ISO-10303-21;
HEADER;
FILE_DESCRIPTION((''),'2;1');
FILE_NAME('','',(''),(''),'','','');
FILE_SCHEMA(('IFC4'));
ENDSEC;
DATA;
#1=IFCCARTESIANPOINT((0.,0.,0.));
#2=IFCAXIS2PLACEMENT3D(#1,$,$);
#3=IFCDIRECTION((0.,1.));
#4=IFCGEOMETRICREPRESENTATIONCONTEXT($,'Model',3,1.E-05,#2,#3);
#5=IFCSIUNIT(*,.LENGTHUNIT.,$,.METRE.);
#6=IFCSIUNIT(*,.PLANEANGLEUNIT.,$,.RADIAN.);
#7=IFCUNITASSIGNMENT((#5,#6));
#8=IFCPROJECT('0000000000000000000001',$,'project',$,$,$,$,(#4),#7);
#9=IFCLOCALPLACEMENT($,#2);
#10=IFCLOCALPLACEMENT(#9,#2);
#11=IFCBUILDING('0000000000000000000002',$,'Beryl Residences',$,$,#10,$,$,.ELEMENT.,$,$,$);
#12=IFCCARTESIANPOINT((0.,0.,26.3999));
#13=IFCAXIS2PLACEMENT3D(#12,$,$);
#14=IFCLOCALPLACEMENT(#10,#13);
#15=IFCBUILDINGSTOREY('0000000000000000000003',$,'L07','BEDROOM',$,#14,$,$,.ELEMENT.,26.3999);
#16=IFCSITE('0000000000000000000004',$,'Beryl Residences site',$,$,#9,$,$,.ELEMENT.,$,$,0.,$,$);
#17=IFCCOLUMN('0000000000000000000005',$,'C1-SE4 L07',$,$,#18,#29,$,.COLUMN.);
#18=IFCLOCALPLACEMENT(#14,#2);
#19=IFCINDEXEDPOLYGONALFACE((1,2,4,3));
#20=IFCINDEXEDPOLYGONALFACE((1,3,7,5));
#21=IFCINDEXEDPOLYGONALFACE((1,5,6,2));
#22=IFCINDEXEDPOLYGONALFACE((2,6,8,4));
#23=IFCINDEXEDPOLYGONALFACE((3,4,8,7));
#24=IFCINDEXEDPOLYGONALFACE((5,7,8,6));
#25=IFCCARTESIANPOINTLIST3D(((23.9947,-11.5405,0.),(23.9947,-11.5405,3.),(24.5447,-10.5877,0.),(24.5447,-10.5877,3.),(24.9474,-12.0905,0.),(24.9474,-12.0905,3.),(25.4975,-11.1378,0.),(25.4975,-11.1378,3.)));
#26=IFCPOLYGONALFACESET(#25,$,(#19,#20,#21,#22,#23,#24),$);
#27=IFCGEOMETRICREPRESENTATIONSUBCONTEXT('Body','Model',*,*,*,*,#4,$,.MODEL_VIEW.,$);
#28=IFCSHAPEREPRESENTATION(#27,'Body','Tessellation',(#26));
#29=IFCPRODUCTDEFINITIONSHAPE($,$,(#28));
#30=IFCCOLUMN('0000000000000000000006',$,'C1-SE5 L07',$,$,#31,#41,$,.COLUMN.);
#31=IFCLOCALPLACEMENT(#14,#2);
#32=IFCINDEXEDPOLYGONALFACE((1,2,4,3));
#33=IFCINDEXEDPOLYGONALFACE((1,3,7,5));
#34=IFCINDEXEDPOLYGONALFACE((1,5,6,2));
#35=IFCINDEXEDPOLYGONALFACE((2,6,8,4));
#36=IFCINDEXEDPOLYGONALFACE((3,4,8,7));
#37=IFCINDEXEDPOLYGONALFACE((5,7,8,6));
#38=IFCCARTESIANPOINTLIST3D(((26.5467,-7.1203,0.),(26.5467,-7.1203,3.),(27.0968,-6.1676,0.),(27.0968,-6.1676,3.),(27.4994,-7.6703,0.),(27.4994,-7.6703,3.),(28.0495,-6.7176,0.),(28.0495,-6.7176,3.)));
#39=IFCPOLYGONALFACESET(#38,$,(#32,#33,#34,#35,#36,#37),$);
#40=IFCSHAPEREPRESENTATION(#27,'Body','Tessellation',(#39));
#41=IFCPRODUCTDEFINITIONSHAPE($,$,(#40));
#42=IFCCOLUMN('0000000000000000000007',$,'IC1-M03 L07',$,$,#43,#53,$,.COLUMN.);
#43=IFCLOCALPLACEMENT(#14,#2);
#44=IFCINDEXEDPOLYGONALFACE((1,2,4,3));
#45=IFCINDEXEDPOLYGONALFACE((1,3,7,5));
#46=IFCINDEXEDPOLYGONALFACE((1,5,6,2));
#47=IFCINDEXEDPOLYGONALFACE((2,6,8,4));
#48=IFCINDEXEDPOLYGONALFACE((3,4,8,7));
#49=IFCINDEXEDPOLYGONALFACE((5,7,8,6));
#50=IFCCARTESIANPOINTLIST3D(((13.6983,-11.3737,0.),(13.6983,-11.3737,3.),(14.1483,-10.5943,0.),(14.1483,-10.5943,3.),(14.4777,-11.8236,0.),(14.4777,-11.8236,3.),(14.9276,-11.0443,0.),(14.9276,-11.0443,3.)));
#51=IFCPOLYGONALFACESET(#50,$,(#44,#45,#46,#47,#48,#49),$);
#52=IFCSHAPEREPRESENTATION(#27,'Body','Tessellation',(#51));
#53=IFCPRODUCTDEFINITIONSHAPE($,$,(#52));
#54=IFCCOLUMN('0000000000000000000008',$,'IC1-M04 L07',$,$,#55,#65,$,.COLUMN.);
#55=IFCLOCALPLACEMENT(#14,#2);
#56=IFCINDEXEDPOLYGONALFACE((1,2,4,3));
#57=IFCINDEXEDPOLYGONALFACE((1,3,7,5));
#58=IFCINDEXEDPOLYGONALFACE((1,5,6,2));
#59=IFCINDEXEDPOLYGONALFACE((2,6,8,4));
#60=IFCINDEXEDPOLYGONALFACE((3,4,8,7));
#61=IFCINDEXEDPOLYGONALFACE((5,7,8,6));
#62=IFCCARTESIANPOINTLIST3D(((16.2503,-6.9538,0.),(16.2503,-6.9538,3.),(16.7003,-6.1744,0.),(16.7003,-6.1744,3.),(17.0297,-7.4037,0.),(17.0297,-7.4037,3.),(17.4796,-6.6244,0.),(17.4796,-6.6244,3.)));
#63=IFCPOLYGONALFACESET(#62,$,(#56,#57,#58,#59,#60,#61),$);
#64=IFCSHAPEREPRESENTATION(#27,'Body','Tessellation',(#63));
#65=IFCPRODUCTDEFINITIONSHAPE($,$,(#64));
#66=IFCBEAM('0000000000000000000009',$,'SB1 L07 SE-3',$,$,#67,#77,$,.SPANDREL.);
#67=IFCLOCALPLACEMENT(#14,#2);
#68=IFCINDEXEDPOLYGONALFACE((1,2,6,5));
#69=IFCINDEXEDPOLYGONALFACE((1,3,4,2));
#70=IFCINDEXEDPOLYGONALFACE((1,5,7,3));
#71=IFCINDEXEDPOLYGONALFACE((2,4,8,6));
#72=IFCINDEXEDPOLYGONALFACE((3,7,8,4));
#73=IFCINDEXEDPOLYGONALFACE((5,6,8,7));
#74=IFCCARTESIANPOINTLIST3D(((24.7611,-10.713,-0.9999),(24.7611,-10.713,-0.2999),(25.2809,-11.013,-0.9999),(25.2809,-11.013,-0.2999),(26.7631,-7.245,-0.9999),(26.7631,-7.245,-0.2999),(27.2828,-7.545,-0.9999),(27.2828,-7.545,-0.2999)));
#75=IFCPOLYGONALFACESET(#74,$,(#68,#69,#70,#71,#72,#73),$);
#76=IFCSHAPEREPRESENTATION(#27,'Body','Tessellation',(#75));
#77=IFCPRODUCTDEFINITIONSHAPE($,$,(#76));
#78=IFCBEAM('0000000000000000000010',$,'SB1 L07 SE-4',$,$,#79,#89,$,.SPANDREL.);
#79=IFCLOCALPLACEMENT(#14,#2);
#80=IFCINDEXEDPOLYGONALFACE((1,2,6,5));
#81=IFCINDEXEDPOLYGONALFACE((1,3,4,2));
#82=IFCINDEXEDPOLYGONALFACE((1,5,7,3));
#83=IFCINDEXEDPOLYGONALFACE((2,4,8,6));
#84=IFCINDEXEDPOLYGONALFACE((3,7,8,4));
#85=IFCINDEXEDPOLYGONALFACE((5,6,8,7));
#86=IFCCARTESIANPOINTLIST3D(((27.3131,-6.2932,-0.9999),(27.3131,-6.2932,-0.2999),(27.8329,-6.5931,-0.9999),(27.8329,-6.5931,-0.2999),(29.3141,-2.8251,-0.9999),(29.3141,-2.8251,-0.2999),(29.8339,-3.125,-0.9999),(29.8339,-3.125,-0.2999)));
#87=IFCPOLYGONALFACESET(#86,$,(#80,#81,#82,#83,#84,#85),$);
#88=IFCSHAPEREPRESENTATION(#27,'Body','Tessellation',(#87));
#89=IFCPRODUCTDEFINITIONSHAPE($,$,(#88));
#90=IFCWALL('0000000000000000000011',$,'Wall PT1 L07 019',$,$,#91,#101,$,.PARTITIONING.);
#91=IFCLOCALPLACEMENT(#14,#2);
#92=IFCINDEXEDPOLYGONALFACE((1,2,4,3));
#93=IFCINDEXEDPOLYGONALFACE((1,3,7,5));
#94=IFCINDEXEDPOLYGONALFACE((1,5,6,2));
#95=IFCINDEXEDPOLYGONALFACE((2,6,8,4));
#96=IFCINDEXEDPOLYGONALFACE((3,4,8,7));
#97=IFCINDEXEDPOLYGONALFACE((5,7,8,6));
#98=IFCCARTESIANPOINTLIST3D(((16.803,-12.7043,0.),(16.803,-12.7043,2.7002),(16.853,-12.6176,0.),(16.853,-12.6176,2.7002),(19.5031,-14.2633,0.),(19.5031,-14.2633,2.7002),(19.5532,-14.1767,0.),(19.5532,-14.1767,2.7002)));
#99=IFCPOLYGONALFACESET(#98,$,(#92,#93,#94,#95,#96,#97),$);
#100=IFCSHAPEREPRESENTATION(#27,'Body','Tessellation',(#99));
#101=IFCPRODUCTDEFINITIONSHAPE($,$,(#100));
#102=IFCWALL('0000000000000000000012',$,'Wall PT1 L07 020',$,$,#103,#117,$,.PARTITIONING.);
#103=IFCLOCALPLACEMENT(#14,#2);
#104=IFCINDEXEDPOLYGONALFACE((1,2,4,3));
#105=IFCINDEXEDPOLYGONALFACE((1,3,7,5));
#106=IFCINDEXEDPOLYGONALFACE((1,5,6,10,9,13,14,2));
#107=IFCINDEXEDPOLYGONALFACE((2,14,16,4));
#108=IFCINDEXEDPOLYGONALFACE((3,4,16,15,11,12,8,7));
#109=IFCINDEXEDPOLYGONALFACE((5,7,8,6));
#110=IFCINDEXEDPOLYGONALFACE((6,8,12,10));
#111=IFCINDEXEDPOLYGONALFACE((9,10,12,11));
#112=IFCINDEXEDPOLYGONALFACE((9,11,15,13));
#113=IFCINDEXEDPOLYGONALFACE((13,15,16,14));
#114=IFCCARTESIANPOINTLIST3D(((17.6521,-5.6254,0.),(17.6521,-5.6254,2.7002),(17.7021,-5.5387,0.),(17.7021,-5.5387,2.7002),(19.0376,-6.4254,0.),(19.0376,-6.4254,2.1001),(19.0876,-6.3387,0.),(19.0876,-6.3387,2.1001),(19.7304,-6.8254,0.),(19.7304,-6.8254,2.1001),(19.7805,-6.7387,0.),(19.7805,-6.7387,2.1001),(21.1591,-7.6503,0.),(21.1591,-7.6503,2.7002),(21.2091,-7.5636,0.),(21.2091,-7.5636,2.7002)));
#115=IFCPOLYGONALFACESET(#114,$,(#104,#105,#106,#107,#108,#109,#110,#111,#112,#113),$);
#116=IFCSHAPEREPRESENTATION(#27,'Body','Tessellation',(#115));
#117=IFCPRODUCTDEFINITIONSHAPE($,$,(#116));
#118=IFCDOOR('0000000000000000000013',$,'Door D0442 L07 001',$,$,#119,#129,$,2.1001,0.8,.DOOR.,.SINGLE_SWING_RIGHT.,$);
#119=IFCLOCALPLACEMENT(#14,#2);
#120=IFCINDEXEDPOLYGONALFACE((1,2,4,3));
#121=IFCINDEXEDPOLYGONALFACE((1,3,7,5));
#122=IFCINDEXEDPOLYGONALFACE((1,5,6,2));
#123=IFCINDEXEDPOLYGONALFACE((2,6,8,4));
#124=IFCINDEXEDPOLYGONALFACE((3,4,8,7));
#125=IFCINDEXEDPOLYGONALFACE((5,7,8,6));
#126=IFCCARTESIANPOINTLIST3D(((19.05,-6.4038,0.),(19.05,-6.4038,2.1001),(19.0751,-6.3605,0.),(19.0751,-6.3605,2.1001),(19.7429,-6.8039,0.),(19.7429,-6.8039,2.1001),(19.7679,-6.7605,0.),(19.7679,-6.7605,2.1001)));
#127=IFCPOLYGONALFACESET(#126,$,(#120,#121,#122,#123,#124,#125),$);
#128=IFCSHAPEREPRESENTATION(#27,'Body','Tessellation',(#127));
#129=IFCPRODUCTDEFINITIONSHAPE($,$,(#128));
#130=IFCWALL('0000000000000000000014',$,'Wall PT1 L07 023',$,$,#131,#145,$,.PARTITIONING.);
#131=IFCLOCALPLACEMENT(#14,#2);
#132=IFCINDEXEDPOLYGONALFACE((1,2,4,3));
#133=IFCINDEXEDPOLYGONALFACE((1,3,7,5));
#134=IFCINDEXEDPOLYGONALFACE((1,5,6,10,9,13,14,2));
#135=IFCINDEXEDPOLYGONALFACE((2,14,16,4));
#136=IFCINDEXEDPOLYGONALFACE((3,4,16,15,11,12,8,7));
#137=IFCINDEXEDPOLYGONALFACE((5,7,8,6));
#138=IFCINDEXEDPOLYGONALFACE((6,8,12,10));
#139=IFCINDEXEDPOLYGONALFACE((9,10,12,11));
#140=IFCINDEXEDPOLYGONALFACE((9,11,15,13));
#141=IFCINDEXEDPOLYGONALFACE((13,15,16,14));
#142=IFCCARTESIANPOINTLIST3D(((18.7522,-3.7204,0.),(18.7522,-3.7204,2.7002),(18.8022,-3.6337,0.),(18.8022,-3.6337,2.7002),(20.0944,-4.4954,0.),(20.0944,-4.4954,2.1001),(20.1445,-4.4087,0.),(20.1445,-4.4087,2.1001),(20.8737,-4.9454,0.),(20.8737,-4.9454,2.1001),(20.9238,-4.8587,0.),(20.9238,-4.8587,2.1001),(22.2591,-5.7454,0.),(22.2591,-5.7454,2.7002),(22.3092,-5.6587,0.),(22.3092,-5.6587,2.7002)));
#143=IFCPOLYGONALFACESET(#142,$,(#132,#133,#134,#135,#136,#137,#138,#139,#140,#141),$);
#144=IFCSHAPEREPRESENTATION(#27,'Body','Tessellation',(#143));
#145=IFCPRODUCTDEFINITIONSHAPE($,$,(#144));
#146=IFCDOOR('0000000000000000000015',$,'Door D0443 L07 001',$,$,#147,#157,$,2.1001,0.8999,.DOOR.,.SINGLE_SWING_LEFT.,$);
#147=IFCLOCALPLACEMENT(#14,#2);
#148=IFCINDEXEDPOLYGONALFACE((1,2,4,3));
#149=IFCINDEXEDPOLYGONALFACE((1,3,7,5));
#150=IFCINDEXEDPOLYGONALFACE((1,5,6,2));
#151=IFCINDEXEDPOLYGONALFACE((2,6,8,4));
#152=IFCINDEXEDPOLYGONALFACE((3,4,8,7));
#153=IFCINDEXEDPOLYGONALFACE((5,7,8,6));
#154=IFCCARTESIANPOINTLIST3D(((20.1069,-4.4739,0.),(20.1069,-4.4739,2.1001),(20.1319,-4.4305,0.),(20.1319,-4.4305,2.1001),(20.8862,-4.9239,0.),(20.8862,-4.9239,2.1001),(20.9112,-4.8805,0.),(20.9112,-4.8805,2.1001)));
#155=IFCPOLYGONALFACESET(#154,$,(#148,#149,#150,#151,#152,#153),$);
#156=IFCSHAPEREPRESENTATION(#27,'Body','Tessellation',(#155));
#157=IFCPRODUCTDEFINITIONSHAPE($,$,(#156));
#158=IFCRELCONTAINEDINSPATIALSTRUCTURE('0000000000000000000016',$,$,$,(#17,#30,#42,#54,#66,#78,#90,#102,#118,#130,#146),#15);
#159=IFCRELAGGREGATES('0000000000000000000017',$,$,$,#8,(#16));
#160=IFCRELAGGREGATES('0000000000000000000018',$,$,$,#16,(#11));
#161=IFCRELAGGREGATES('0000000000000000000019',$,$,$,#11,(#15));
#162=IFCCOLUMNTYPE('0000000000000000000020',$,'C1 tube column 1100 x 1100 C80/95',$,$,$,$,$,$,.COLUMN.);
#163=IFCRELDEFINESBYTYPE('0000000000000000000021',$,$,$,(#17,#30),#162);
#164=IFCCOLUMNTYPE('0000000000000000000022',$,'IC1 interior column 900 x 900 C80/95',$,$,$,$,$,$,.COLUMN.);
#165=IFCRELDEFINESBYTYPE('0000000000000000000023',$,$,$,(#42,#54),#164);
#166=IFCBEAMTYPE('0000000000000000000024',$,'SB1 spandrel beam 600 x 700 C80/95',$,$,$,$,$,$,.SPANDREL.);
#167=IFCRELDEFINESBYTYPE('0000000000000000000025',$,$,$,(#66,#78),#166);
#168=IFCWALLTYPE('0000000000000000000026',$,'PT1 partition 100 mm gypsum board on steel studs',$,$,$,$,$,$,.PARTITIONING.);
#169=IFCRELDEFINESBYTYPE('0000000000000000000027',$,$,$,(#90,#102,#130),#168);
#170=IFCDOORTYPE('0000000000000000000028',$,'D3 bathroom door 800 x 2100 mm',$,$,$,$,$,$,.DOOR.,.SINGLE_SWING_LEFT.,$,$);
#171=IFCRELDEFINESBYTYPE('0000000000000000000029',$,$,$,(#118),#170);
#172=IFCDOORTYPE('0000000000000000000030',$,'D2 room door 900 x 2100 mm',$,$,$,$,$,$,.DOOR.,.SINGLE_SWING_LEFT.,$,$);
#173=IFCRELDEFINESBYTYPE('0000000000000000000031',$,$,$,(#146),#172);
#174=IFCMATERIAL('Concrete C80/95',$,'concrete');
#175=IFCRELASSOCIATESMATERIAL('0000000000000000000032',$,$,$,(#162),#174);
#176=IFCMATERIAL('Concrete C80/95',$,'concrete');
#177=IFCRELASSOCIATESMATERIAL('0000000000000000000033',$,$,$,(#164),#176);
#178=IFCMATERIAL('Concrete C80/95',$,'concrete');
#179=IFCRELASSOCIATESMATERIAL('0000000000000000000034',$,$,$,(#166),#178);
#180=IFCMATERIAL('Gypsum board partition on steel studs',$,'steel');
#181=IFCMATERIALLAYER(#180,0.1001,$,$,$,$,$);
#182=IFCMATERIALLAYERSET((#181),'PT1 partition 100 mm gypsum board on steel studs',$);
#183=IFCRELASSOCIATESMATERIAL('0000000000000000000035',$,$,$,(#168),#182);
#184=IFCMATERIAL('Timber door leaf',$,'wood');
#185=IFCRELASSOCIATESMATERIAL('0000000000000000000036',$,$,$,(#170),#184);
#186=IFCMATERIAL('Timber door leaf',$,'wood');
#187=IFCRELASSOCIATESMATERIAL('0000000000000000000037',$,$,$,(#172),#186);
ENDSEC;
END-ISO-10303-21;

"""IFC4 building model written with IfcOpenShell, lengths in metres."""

from ifc_helpers import new_model, si_unit, direction, frame, frame_2d, origin, origin_2d, place, context, subcontext, project, spatial, rectangle, extrude, material, layer, layer_set, material_profile, profile_set, type_object, element, fill, save


model = new_model("IFC4")

# Units and contexts
model_context = context("Model", 3, precision=1e-05, world=origin(), true_north=direction((0.0, 1.0)))
body_context = subcontext(model_context, "Body", "Model", "MODEL_VIEW")
ifc_project = project(units=[si_unit("LENGTHUNIT", "METRE"), si_unit("PLANEANGLEUNIT", "RADIAN")], contexts=[model_context])

# Site, building, storey
site_placement = place(None, origin())
site = spatial("IfcSite", under=ifc_project, at=site_placement, Name="Beryl Residences site", CompositionType="ELEMENT", RefElevation=0.0)
building_placement = place(site_placement, origin())
building = spatial("IfcBuilding", under=site, at=building_placement, Name="Beryl Residences", CompositionType="ELEMENT")
storey_placement = place(building_placement, frame((0.0, 0.0, 26.3999)))
storey = spatial("IfcBuildingStorey", under=building, at=storey_placement, Name="L07", Description="BEDROOM", CompositionType="ELEMENT", Elevation=26.3999)

# Columns
ifc_material_1 = material(Name="Concrete C80/95", Category="concrete")
ifc_material_profile_1 = material_profile(ifc_material_1, rectangle(XDim=1.1001, YDim=1.1001, at=origin_2d()))
ifc_profile_set_1 = profile_set([ifc_material_profile_1], Name="Concrete C80/95")
column_type_1 = type_object("IfcColumnType", Name="C1 tube column 1100 x 1100 C80/95", PredefinedType="COLUMN", material=ifc_profile_set_1)
for number, where, z_axis, x_axis, name in (
    (1, (24.7461, -11.3391, 0.0), (0.0, 0.0, 1.0), (0.499985, 0.866034, 0.0), "C1-SE4 L07"),
    (2, (27.2981, -6.9189, 0.0), (0.0, 0.0, 1.0), (0.499985, 0.866034, 0.0), "C1-SE5 L07"),
):
    element("IfcColumn", number, at=place(storey_placement, frame(where, z_axis=z_axis, x_axis=x_axis)), inside=storey, type_object=column_type_1, Name=name, PredefinedType="COLUMN", context=body_context, shape_type="SweptSolid", body=[
        extrude(rectangle(XDim=1.1001, YDim=1.1001, at=origin_2d()), origin(), (0.0, 0.0, 1.0), 3.0),
    ])
ifc_material_2 = material(Name="Concrete C80/95", Category="concrete")
ifc_material_profile_2 = material_profile(ifc_material_2, rectangle(XDim=0.8999, YDim=0.8999, at=origin_2d()))
ifc_profile_set_2 = profile_set([ifc_material_profile_2], Name="Concrete C80/95")
column_type_2 = type_object("IfcColumnType", Name="IC1 interior column 900 x 900 C80/95", PredefinedType="COLUMN", material=ifc_profile_set_2)
for number, where, z_axis, x_axis, name in (
    (3, (14.313, -11.209, 0.0), (0.0, 0.0, 1.0), (0.499985, 0.866034, 0.0), "IC1-M03 L07"),
    (4, (16.865, -6.7891, 0.0), (0.0, 0.0, 1.0), (0.499985, 0.866034, 0.0), "IC1-M04 L07"),
):
    element("IfcColumn", number, at=place(storey_placement, frame(where, z_axis=z_axis, x_axis=x_axis)), inside=storey, type_object=column_type_2, Name=name, PredefinedType="COLUMN", context=body_context, shape_type="SweptSolid", body=[
        extrude(rectangle(XDim=0.8999, YDim=0.8999, at=origin_2d()), origin(), (0.0, 0.0, 1.0), 3.0),
    ])

# Beams
ifc_material_3 = material(Name="Concrete C80/95", Category="concrete")
ifc_material_profile_3 = material_profile(ifc_material_3, rectangle(XDim=0.6001, YDim=0.7, at=origin_2d()))
ifc_profile_set_3 = profile_set([ifc_material_profile_3], Name="Concrete C80/95")
beam_type = type_object("IfcBeamType", Name="SB1 spandrel beam 600 x 700 C80/95", PredefinedType="SPANDREL", material=ifc_profile_set_3)
beam_1_placement = place(storey_placement, frame((25.021, -10.863, -0.6499), z_axis=(0.499942, 0.866059, 0.0), x_axis=(-0.866059, 0.499942, 0.0)))
element("IfcBeam", 5, at=beam_1_placement, inside=storey, type_object=beam_type, Name="SB1 L07 SE-3", PredefinedType="SPANDREL", context=body_context, shape_type="SweptSolid", body=[
    extrude(rectangle(XDim=0.6001, YDim=0.7, at=origin_2d()), origin(), (0.0, 0.0, 1.0), 4.0044),
])
beam_2_placement = place(storey_placement, frame((27.573, -6.4431, -0.6499), z_axis=(0.499759, 0.866164, 0.0), x_axis=(-0.866164, 0.499759, 0.0)))
element("IfcBeam", 6, at=beam_2_placement, inside=storey, type_object=beam_type, Name="SB1 L07 SE-4", PredefinedType="SPANDREL", context=body_context, shape_type="SweptSolid", body=[
    extrude(rectangle(XDim=0.6001, YDim=0.7, at=origin_2d()), origin(), (0.0, 0.0, 1.0), 4.0039),
])

# Wall
ifc_material_4 = material(Name="Gypsum board partition on steel studs", Category="steel")
ifc_layer_1 = layer(ifc_material_4, 0.1001)
ifc_layer_set_1 = layer_set([ifc_layer_1], Name="PT1 partition 100 mm gypsum board on steel studs")
wall_type_1 = type_object("IfcWallType", Name="PT1 partition 100 mm gypsum board on steel studs", PredefinedType="PARTITIONING", material=ifc_layer_set_1)
wall_1_placement = place(storey_placement, frame((16.8279, -12.6609, 0.0), z_axis=(0.0, 0.0, 1.0), x_axis=(0.866008, -0.50003, 0.0)))
element("IfcWall", 7, at=wall_1_placement, inside=storey, type_object=wall_type_1, Name="Wall PT1 L07 019", PredefinedType="PARTITIONING", context=body_context, shape_type="SweptSolid", body=[
    extrude(rectangle(XDim=3.1179, YDim=0.1001, at=frame_2d((1.5591, 0.0))), origin(), (0.0, 0.0, 1.0), 2.7002),
])

# Walls, openings, doors
wall_2_placement = place(storey_placement, frame((17.677, -5.582, 0.0), z_axis=(0.0, 0.0, 1.0), x_axis=(0.866016, -0.500016, 0.0)))
wall_2 = element("IfcWall", 8, at=wall_2_placement, inside=storey, type_object=wall_type_1, Name="Wall PT1 L07 020", PredefinedType="PARTITIONING", context=body_context, shape_type="SweptSolid", body=[
    extrude(rectangle(XDim=4.0496, YDim=0.1001, at=frame_2d((2.0249, 0.0))), origin(), (0.0, 0.0, 1.0), 2.7002),
])
opening_1_placement = place(wall_2_placement, frame((1.6001, 0.0, 0.0)))
opening_1 = element("IfcOpeningElement", 9, at=opening_1_placement, cuts=wall_2, PredefinedType="OPENING", context=body_context, shape_type="SweptSolid", body=[
    extrude(rectangle(XDim=0.8, YDim=2.1001, at=frame_2d((0.3999, 1.05))), frame((0.0, 0.0601, 0.0), z_axis=(0.0, -1.0, 0.0), x_axis=(1.0, 0.0, 0.0)), (0.0, 0.0, 1.0), 0.1201),
])
ifc_material_5 = material(Name="Timber door leaf", Category="wood")
door_type_1 = type_object("IfcDoorType", Name="D3 bathroom door 800 x 2100 mm", OperationType="SINGLE_SWING_LEFT", PredefinedType="DOOR", material=ifc_material_5)
door_1_placement = place(opening_1_placement, origin())
door_1 = element("IfcDoor", 10, at=door_1_placement, inside=storey, type_object=door_type_1, Name="Door D0442 L07 001", OperationType="SINGLE_SWING_RIGHT", OverallHeight=2.1001, OverallWidth=0.8, PredefinedType="DOOR", context=body_context, shape_type="SweptSolid", body=[
    extrude(rectangle(XDim=0.8, YDim=2.1001, at=frame_2d((0.3999, 1.05))), frame((0.0, 0.0249, 0.0), z_axis=(0.0, -1.0, 0.0), x_axis=(1.0, 0.0, 0.0)), (0.0, 0.0, 1.0), 0.05),
])
fill(opening_1, door_1)
wall_3_placement = place(storey_placement, frame((18.7771, -3.677, 0.0), z_axis=(0.0, 0.0, 1.0), x_axis=(0.866001, -0.500043, 0.0)))
wall_3 = element("IfcWall", 11, at=wall_3_placement, inside=storey, type_object=wall_type_1, Name="Wall PT1 L07 023", PredefinedType="PARTITIONING", context=body_context, shape_type="SweptSolid", body=[
    extrude(rectangle(XDim=4.0496, YDim=0.1001, at=frame_2d((2.0249, 0.0))), origin(), (0.0, 0.0, 1.0), 2.7002),
])
opening_2_placement = place(wall_3_placement, frame((1.55, 0.0, 0.0)))
opening_2 = element("IfcOpeningElement", 12, at=opening_2_placement, cuts=wall_3, PredefinedType="OPENING", context=body_context, shape_type="SweptSolid", body=[
    extrude(rectangle(XDim=0.8999, YDim=2.1001, at=frame_2d((0.45, 1.05))), frame((0.0, 0.0601, 0.0), z_axis=(0.0, -1.0, 0.0), x_axis=(1.0, 0.0, 0.0)), (0.0, 0.0, 1.0), 0.1201),
])
ifc_material_6 = material(Name="Timber door leaf", Category="wood")
door_type_2 = type_object("IfcDoorType", Name="D2 room door 900 x 2100 mm", OperationType="SINGLE_SWING_LEFT", PredefinedType="DOOR", material=ifc_material_6)
door_2_placement = place(opening_2_placement, origin())
door_2 = element("IfcDoor", 13, at=door_2_placement, inside=storey, type_object=door_type_2, Name="Door D0443 L07 001", OperationType="SINGLE_SWING_LEFT", OverallHeight=2.1001, OverallWidth=0.8999, PredefinedType="DOOR", context=body_context, shape_type="SweptSolid", body=[
    extrude(rectangle(XDim=0.8999, YDim=2.1001, at=frame_2d((0.45, 1.05))), frame((0.0, 0.0249, 0.0), z_axis=(0.0, -1.0, 0.0), x_axis=(1.0, 0.0, 0.0)), (0.0, 0.0, 1.0), 0.05),
])
fill(opening_2, door_2)

save(model, "model.ifc")
